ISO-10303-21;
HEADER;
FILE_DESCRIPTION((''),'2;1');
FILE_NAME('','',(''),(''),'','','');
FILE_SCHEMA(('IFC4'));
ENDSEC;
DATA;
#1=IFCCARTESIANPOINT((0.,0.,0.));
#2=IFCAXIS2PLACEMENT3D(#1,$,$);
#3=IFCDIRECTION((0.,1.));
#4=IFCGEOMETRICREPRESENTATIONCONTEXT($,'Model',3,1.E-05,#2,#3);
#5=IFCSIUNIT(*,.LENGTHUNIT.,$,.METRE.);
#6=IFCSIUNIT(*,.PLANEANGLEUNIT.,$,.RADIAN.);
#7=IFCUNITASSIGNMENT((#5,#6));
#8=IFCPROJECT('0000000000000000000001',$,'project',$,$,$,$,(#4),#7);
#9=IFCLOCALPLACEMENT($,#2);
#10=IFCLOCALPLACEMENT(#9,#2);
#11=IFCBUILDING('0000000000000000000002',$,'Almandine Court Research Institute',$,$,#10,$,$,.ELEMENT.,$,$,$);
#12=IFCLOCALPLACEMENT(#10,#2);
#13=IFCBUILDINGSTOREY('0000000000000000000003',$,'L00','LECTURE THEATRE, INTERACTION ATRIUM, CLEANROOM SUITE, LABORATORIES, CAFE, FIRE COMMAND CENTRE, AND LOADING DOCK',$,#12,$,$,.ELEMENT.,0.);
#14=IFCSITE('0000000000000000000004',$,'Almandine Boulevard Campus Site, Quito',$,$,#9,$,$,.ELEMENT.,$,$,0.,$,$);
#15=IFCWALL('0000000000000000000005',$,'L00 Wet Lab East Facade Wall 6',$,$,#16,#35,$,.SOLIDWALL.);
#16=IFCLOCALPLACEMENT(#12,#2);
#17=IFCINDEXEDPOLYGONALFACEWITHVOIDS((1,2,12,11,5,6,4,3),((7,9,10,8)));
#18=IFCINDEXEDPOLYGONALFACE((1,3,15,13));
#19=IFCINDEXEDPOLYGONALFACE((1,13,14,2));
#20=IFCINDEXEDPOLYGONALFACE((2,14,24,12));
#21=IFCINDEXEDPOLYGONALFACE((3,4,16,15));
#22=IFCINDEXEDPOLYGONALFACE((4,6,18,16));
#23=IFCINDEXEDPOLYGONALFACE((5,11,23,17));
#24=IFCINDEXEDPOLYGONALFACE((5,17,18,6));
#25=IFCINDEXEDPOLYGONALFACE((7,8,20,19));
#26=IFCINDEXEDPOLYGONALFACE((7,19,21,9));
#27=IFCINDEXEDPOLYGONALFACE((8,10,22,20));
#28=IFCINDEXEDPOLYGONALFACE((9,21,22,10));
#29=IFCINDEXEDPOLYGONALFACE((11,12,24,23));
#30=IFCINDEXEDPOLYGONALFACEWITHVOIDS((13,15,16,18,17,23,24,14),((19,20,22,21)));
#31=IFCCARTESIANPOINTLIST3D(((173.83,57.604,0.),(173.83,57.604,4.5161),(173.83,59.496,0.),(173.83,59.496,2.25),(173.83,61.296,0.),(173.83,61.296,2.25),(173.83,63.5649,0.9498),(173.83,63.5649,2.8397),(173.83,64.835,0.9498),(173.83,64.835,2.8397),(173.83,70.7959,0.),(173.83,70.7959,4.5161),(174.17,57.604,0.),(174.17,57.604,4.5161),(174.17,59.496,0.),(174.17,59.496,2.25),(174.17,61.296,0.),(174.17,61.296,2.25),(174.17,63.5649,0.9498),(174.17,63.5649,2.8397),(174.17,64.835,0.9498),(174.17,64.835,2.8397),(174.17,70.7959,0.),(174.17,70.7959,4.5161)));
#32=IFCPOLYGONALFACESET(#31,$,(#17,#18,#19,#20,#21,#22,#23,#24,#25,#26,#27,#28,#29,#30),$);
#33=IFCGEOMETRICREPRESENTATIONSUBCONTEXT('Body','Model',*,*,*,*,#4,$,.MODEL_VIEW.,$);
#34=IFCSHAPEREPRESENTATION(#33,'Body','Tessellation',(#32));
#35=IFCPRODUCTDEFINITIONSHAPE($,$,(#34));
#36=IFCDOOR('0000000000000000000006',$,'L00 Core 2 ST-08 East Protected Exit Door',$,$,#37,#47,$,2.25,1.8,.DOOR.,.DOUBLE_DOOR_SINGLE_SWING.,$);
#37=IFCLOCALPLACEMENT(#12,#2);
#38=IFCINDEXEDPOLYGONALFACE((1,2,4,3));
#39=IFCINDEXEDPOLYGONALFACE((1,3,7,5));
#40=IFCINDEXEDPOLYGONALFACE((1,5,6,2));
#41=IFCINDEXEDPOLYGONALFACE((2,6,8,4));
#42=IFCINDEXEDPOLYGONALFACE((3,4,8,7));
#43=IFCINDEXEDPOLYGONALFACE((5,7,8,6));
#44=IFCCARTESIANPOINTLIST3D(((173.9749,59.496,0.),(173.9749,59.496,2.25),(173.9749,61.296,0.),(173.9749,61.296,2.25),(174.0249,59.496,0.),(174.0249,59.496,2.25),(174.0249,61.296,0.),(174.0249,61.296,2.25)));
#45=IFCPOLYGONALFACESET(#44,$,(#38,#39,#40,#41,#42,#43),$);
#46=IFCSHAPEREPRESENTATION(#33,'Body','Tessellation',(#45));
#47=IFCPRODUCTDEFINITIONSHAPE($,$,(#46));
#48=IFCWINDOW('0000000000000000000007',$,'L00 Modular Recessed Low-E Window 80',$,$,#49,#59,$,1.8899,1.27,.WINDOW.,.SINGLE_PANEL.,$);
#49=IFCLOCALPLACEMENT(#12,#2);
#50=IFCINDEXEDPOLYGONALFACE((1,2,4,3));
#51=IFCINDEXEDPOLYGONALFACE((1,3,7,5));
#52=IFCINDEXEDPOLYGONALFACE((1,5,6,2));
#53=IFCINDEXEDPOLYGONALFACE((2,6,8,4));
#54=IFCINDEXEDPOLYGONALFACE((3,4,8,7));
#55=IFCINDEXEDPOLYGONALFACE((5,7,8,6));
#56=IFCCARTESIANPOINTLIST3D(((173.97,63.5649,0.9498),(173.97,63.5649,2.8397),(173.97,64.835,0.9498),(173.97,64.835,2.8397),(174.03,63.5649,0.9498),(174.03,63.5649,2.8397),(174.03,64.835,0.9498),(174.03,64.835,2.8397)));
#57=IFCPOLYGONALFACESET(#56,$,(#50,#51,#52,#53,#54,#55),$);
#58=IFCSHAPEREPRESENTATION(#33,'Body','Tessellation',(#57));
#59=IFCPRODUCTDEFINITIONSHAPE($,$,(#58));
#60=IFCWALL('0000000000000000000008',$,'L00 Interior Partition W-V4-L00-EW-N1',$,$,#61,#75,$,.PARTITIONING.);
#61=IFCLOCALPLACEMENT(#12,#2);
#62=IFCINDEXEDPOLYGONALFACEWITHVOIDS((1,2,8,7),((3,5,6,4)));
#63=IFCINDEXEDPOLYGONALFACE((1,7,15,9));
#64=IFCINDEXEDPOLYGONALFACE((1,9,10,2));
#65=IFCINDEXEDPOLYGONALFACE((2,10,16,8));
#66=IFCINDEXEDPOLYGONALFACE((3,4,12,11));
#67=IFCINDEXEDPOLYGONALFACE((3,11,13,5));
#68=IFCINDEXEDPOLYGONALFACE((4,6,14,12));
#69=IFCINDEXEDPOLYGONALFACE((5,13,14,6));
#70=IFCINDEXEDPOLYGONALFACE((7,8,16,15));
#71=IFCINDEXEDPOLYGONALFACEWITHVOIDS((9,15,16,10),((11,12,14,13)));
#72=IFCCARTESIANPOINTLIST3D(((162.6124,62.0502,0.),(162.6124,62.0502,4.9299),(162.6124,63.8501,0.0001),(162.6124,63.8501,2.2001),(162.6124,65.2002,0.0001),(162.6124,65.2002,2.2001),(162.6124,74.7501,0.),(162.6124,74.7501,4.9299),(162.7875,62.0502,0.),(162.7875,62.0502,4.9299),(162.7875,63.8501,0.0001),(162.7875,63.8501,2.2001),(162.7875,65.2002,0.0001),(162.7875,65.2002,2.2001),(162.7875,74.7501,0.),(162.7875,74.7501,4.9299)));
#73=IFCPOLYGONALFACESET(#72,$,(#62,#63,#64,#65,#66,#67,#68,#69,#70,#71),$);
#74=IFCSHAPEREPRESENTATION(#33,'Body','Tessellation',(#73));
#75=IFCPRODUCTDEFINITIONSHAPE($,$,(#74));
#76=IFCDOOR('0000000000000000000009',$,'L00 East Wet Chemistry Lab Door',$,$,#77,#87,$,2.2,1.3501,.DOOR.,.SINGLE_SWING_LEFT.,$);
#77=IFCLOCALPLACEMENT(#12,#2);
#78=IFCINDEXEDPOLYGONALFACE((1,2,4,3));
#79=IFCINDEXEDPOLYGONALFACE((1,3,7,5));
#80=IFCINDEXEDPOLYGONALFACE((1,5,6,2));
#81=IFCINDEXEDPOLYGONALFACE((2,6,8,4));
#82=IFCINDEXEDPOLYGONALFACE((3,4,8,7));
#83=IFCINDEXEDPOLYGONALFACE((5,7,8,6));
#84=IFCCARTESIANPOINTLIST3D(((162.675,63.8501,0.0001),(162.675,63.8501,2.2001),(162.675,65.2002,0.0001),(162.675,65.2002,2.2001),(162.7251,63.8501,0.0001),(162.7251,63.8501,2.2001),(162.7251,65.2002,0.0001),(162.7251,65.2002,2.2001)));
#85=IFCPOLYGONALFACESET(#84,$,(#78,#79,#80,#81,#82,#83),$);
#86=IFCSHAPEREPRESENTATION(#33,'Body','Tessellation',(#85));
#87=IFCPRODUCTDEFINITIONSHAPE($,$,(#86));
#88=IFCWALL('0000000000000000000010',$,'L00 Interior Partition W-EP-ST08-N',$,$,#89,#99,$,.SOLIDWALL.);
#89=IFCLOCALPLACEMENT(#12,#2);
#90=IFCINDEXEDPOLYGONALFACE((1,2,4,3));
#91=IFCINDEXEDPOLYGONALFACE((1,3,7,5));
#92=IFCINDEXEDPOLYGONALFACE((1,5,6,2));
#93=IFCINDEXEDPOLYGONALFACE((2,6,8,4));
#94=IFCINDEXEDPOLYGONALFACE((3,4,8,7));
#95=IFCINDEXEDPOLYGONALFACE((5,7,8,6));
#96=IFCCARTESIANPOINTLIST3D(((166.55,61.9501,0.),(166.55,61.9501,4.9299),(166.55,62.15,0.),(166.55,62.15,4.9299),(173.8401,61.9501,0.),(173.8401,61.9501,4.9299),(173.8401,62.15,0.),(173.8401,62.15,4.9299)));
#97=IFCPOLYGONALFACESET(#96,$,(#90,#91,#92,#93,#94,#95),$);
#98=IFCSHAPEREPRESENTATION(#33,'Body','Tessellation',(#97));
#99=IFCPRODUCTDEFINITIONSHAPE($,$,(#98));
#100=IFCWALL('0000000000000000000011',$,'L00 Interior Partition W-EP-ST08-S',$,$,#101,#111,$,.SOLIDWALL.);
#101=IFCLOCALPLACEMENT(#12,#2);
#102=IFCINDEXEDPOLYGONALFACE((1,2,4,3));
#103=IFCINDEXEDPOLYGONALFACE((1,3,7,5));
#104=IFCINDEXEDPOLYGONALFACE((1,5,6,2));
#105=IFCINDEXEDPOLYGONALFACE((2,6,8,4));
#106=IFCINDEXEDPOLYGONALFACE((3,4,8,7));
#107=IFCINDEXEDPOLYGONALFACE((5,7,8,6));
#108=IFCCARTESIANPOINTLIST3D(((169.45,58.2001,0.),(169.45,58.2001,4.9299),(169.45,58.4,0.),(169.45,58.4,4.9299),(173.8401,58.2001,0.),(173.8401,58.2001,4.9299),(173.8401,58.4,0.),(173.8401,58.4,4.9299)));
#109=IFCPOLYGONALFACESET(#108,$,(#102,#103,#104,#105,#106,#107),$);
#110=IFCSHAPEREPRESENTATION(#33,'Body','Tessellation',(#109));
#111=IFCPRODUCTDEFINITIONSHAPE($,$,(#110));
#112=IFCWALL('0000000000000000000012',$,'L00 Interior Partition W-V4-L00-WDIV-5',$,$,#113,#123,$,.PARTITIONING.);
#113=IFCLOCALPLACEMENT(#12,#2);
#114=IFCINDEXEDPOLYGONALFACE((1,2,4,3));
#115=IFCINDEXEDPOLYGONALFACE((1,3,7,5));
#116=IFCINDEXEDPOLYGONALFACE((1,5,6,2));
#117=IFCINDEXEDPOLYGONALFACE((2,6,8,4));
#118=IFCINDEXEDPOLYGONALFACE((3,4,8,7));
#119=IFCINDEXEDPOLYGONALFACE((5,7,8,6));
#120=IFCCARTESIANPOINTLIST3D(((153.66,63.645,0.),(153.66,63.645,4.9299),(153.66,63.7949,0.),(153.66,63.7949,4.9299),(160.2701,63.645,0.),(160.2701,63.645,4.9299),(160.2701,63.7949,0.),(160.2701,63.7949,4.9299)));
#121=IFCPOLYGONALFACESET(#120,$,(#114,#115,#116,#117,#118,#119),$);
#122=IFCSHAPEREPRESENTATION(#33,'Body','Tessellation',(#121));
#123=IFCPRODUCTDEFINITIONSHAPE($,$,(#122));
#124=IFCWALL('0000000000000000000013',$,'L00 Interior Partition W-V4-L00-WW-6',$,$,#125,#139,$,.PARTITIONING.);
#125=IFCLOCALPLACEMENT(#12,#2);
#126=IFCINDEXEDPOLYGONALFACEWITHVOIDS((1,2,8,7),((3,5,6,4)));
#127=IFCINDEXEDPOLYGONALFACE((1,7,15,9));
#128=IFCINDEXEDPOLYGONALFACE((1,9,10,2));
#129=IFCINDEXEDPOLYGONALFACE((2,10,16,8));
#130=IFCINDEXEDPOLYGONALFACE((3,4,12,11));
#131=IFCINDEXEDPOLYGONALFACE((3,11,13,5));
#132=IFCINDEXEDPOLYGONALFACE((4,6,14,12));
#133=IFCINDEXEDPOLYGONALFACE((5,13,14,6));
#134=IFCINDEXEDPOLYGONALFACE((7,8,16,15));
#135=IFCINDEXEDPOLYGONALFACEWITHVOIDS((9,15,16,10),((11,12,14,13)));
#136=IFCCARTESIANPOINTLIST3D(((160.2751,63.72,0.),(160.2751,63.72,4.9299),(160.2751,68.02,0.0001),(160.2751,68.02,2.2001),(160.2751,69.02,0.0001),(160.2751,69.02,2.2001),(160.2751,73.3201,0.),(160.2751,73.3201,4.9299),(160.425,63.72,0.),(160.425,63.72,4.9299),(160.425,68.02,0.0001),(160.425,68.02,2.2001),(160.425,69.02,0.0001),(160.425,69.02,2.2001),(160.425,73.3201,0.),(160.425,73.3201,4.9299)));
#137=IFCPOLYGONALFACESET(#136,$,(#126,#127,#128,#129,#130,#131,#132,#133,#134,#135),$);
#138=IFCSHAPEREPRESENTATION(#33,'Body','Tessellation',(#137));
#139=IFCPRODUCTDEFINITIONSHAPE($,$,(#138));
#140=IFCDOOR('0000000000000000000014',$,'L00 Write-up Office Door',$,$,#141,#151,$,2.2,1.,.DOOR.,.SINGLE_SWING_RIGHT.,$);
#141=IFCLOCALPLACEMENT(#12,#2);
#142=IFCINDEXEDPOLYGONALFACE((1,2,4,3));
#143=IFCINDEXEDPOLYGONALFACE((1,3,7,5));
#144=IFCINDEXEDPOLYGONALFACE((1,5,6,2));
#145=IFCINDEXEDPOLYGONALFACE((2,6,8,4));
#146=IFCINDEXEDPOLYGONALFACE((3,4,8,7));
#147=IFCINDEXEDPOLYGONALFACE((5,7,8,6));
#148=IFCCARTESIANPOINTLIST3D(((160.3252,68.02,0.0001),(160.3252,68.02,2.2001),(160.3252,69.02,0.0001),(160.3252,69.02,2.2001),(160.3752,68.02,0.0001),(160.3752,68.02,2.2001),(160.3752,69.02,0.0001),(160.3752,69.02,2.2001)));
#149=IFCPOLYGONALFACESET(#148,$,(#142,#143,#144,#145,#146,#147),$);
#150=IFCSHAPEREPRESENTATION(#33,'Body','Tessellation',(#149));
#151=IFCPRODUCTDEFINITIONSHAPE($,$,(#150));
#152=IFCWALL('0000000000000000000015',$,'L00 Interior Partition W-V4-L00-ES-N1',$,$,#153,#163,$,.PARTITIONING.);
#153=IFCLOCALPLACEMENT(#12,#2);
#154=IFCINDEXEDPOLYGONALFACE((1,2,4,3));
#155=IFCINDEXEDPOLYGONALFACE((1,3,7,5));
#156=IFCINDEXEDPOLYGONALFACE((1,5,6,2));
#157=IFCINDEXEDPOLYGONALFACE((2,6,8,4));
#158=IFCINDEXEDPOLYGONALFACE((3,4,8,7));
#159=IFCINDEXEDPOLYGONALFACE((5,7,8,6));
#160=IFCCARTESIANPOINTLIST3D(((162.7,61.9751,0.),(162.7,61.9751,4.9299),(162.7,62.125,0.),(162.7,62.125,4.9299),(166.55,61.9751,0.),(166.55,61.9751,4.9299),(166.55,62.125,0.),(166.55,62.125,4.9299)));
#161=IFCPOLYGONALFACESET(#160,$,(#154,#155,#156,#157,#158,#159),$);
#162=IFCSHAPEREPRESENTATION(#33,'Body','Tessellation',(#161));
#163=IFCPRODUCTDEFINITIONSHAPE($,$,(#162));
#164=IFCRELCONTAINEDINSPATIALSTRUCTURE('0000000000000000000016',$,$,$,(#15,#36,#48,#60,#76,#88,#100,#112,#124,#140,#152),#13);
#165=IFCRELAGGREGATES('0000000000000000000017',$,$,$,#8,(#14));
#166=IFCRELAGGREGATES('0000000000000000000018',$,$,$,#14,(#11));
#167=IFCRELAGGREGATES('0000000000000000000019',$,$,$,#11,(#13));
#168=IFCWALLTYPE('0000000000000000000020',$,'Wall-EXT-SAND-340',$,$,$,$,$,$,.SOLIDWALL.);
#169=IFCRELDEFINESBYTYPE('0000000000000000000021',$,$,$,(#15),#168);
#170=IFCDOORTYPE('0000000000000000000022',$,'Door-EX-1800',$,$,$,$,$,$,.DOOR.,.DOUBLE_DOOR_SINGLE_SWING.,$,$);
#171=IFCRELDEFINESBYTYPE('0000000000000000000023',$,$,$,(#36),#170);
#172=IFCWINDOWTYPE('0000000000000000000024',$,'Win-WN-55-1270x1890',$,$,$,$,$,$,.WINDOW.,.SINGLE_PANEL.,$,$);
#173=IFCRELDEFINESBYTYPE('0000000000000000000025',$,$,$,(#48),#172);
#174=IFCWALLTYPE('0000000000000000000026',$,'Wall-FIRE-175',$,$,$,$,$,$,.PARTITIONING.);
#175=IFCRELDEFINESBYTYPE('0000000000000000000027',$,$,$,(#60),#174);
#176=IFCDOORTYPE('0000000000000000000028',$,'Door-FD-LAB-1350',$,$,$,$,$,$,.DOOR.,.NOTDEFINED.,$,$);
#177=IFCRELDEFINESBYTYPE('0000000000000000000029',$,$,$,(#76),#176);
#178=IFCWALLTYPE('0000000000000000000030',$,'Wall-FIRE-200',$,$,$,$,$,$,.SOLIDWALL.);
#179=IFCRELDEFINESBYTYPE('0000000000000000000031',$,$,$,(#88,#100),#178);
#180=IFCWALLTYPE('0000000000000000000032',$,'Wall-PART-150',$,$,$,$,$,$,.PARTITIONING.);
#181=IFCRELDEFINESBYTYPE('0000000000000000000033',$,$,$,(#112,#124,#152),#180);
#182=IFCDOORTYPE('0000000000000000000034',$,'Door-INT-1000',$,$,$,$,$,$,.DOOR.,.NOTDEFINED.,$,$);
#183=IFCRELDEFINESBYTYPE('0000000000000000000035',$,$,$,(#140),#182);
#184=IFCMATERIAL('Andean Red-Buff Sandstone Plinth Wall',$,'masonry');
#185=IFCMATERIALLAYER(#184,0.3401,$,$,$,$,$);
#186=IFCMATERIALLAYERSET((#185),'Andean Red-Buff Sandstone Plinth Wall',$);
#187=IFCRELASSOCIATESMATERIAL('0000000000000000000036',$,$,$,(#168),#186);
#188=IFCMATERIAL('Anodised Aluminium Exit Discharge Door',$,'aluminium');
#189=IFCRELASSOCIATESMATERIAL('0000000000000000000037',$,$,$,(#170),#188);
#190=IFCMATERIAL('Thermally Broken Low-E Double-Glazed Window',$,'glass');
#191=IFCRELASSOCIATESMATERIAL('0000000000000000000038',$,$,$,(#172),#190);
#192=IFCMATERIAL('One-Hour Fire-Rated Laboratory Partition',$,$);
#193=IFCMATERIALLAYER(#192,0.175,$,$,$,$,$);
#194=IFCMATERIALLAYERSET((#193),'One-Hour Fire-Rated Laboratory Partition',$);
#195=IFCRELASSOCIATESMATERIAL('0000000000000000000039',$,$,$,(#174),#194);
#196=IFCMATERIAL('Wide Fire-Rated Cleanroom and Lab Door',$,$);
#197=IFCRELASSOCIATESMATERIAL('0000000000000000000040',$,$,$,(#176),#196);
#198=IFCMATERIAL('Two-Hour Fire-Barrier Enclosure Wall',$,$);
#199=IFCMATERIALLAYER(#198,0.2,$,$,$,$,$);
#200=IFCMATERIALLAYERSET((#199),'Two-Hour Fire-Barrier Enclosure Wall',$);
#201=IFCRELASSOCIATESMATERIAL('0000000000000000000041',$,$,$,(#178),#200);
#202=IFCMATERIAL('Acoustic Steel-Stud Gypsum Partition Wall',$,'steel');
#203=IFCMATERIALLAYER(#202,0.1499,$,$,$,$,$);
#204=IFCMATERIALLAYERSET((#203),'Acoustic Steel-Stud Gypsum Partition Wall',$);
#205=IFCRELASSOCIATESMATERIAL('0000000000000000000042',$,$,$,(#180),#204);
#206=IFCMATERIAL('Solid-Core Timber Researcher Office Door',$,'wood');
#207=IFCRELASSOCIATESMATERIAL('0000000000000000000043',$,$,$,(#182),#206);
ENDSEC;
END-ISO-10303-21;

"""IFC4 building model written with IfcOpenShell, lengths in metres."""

from ifc_helpers import new_model, si_unit, direction, frame, frame_2d, origin, place, context, subcontext, project, spatial, rectangle, extrude, material, layer, layer_set, type_object, element, fill, save


model = new_model("IFC4")

# Units and contexts
model_context = context("Model", 3, precision=1e-05, world=origin(), true_north=direction((0.0, 1.0)))
body_context = subcontext(model_context, "Body", "Model", "MODEL_VIEW")
ifc_project = project(units=[si_unit("LENGTHUNIT", "METRE"), si_unit("PLANEANGLEUNIT", "RADIAN")], contexts=[model_context])

# Site, building, storey
site_placement = place(None, origin())
site = spatial("IfcSite", under=ifc_project, at=site_placement, Name="Almandine Boulevard Campus Site, Quito", CompositionType="ELEMENT", RefElevation=0.0)
building_placement = place(site_placement, origin())
building = spatial("IfcBuilding", under=site, at=building_placement, Name="Almandine Court Research Institute", CompositionType="ELEMENT")
storey_placement = place(building_placement, origin())
storey = spatial("IfcBuildingStorey", under=building, at=storey_placement, Name="L00", Description="LECTURE THEATRE, INTERACTION ATRIUM, CLEANROOM SUITE, LABORATORIES, CAFE, FIRE COMMAND CENTRE, AND LOADING DOCK", CompositionType="ELEMENT", Elevation=0.0)

# Wall, openings, door, window
ifc_material_1 = material(Name="Andean Red-Buff Sandstone Plinth Wall", Category="masonry")
ifc_layer_1 = layer(ifc_material_1, 0.3401)
ifc_layer_set_1 = layer_set([ifc_layer_1], Name="Andean Red-Buff Sandstone Plinth Wall")
wall_type_1 = type_object("IfcWallType", Name="Wall-EXT-SAND-340", PredefinedType="SOLIDWALL", material=ifc_layer_set_1)
wall_1_placement = place(storey_placement, frame((174.0, 70.7959, 0.0), z_axis=(0.0, 0.0, 1.0), x_axis=(0.0, -1.0, 0.0)))
wall_1 = element("IfcWall", 1, at=wall_1_placement, inside=storey, type_object=wall_type_1, Name="L00 Wet Lab East Facade Wall 6", PredefinedType="SOLIDWALL", context=body_context, shape_type="SweptSolid", body=[
    extrude(rectangle(XDim=13.1919, YDim=0.3401, at=frame_2d((6.5959, 0.0))), origin(), (0.0, 0.0, 1.0), 4.5161),
])
opening_1_placement = place(wall_1_placement, frame((9.5, 0.0, 0.0)))
opening_1 = element("IfcOpeningElement", 2, at=opening_1_placement, cuts=wall_1, PredefinedType="OPENING", context=body_context, shape_type="SweptSolid", body=[
    extrude(rectangle(XDim=1.8, YDim=2.25, at=frame_2d((0.8999, 1.125))), frame((0.0, 0.1799, 0.0), z_axis=(0.0, -1.0, 0.0), x_axis=(1.0, 0.0, 0.0)), (0.0, 0.0, 1.0), 0.3601),
])
opening_2_placement = place(wall_1_placement, frame((5.9609, 0.0, 0.95)))
opening_2 = element("IfcOpeningElement", 3, at=opening_2_placement, cuts=wall_1, PredefinedType="OPENING", context=body_context, shape_type="SweptSolid", body=[
    extrude(rectangle(XDim=1.27, YDim=1.8899, at=frame_2d((0.635, 0.9448))), frame((0.0, 0.1799, 0.0), z_axis=(0.0, -1.0, 0.0), x_axis=(1.0, 0.0, 0.0)), (0.0, 0.0, 1.0), 0.3601),
])
ifc_material_2 = material(Name="Anodised Aluminium Exit Discharge Door", Category="aluminium")
door_type_1 = type_object("IfcDoorType", Name="Door-EX-1800", OperationType="DOUBLE_DOOR_SINGLE_SWING", PredefinedType="DOOR", material=ifc_material_2)
door_1_placement = place(opening_1_placement, origin())
door_1 = element("IfcDoor", 4, at=door_1_placement, inside=storey, type_object=door_type_1, Name="L00 Core 2 ST-08 East Protected Exit Door", OperationType="DOUBLE_DOOR_SINGLE_SWING", OverallHeight=2.25, OverallWidth=1.8, PredefinedType="DOOR", context=body_context, shape_type="SweptSolid", body=[
    extrude(rectangle(XDim=1.8, YDim=2.25, at=frame_2d((0.8999, 1.125))), frame((0.0, 0.0249, 0.0), z_axis=(0.0, -1.0, 0.0), x_axis=(1.0, 0.0, 0.0)), (0.0, 0.0, 1.0), 0.05),
])
fill(opening_1, door_1)
ifc_material_3 = material(Name="Thermally Broken Low-E Double-Glazed Window", Category="glass")
window_type = type_object("IfcWindowType", Name="Win-WN-55-1270x1890", PartitioningType="SINGLE_PANEL", PredefinedType="WINDOW", material=ifc_material_3)
window_placement = place(opening_2_placement, origin())
window = element("IfcWindow", 5, at=window_placement, inside=storey, type_object=window_type, Name="L00 Modular Recessed Low-E Window 80", OverallHeight=1.8899, OverallWidth=1.27, PartitioningType="SINGLE_PANEL", PredefinedType="WINDOW", context=body_context, shape_type="SweptSolid", body=[
    extrude(rectangle(XDim=1.27, YDim=1.8899, at=frame_2d((0.635, 0.9448))), frame((0.0, 0.03, 0.0), z_axis=(0.0, -1.0, 0.0), x_axis=(1.0, 0.0, 0.0)), (0.0, 0.0, 1.0), 0.0601),
])
fill(opening_2, window)

# Wall, opening, door
ifc_material_4 = material(Name="One-Hour Fire-Rated Laboratory Partition")
ifc_layer_2 = layer(ifc_material_4, 0.175)
ifc_layer_set_2 = layer_set([ifc_layer_2], Name="One-Hour Fire-Rated Laboratory Partition")
wall_type_2 = type_object("IfcWallType", Name="Wall-FIRE-175", PredefinedType="PARTITIONING", material=ifc_layer_set_2)
wall_2_placement = place(storey_placement, frame((162.7, 62.05, 0.0), z_axis=(0.0, 0.0, 1.0), x_axis=(0.0, 1.0, 0.0)))
wall_2 = element("IfcWall", 6, at=wall_2_placement, inside=storey, type_object=wall_type_2, Name="L00 Interior Partition W-V4-L00-EW-N1", PredefinedType="PARTITIONING", context=body_context, shape_type="SweptSolid", body=[
    extrude(rectangle(XDim=12.7, YDim=0.175, at=frame_2d((6.3501, 0.0))), origin(), (0.0, 0.0, 1.0), 4.9299),
])
opening_3_placement = place(wall_2_placement, frame((1.8, 0.0, 0.0)))
opening_3 = element("IfcOpeningElement", 7, at=opening_3_placement, cuts=wall_2, PredefinedType="OPENING", context=body_context, shape_type="SweptSolid", body=[
    extrude(rectangle(XDim=1.3501, YDim=2.2, at=frame_2d((0.675, 1.1001))), frame((0.0, 0.0974, 0.0), z_axis=(0.0, -1.0, 0.0), x_axis=(1.0, 0.0, 0.0)), (0.0, 0.0, 1.0), 0.1951),
])
ifc_material_5 = material(Name="Wide Fire-Rated Cleanroom and Lab Door")
door_type_2 = type_object("IfcDoorType", Name="Door-FD-LAB-1350", OperationType="NOTDEFINED", PredefinedType="DOOR", material=ifc_material_5)
door_2_placement = place(opening_3_placement, origin())
door_2 = element("IfcDoor", 8, at=door_2_placement, inside=storey, type_object=door_type_2, Name="L00 East Wet Chemistry Lab Door", OperationType="SINGLE_SWING_LEFT", OverallHeight=2.2, OverallWidth=1.3501, PredefinedType="DOOR", context=body_context, shape_type="SweptSolid", body=[
    extrude(rectangle(XDim=1.3501, YDim=2.2, at=frame_2d((0.675, 1.1001))), frame((0.0, 0.0249, 0.0), z_axis=(0.0, -1.0, 0.0), x_axis=(1.0, 0.0, 0.0)), (0.0, 0.0, 1.0), 0.05),
])
fill(opening_3, door_2)

# Walls
ifc_material_6 = material(Name="Two-Hour Fire-Barrier Enclosure Wall")
ifc_layer_3 = layer(ifc_material_6, 0.2)
ifc_layer_set_3 = layer_set([ifc_layer_3], Name="Two-Hour Fire-Barrier Enclosure Wall")
wall_type_3 = type_object("IfcWallType", Name="Wall-FIRE-200", PredefinedType="SOLIDWALL", material=ifc_layer_set_3)
wall_3_placement = place(storey_placement, frame((166.55, 62.05, 0.0), z_axis=(0.0, 0.0, 1.0), x_axis=(1.0, 0.0, 0.0)))
element("IfcWall", 9, at=wall_3_placement, inside=storey, type_object=wall_type_3, Name="L00 Interior Partition W-EP-ST08-N", PredefinedType="SOLIDWALL", context=body_context, shape_type="SweptSolid", body=[
    extrude(rectangle(XDim=7.29, YDim=0.2, at=frame_2d((3.645, 0.0))), origin(), (0.0, 0.0, 1.0), 4.9299),
])
wall_4_placement = place(storey_placement, frame((169.45, 58.3, 0.0), z_axis=(0.0, 0.0, 1.0), x_axis=(1.0, 0.0, 0.0)))
element("IfcWall", 10, at=wall_4_placement, inside=storey, type_object=wall_type_3, Name="L00 Interior Partition W-EP-ST08-S", PredefinedType="SOLIDWALL", context=body_context, shape_type="SweptSolid", body=[
    extrude(rectangle(XDim=4.3901, YDim=0.2, at=frame_2d((2.1951, 0.0))), origin(), (0.0, 0.0, 1.0), 4.9299),
])
ifc_material_7 = material(Name="Acoustic Steel-Stud Gypsum Partition Wall", Category="steel")
ifc_layer_4 = layer(ifc_material_7, 0.1499)
ifc_layer_set_4 = layer_set([ifc_layer_4], Name="Acoustic Steel-Stud Gypsum Partition Wall")
wall_type_4 = type_object("IfcWallType", Name="Wall-PART-150", PredefinedType="PARTITIONING", material=ifc_layer_set_4)
wall_5_placement = place(storey_placement, frame((153.6599, 63.72, 0.0), z_axis=(0.0, 0.0, 1.0), x_axis=(1.0, 0.0, 0.0)))
element("IfcWall", 11, at=wall_5_placement, inside=storey, type_object=wall_type_4, Name="L00 Interior Partition W-V4-L00-WDIV-5", PredefinedType="PARTITIONING", context=body_context, shape_type="SweptSolid", body=[
    extrude(rectangle(XDim=6.6101, YDim=0.1499, at=frame_2d((3.3052, 0.0))), origin(), (0.0, 0.0, 1.0), 4.9299),
])

# Wall, opening, door
wall_6_placement = place(storey_placement, frame((160.3501, 63.72, 0.0), z_axis=(0.0, 0.0, 1.0), x_axis=(0.0, 1.0, 0.0)))
wall_6 = element("IfcWall", 12, at=wall_6_placement, inside=storey, type_object=wall_type_4, Name="L00 Interior Partition W-V4-L00-WW-6", PredefinedType="PARTITIONING", context=body_context, shape_type="SweptSolid", body=[
    extrude(rectangle(XDim=9.6001, YDim=0.1499, at=frame_2d((4.8, 0.0))), origin(), (0.0, 0.0, 1.0), 4.9299),
])
opening_4_placement = place(wall_6_placement, frame((4.3, 0.0, 0.0)))
opening_4 = element("IfcOpeningElement", 13, at=opening_4_placement, cuts=wall_6, PredefinedType="OPENING", context=body_context, shape_type="SweptSolid", body=[
    extrude(rectangle(XDim=1.0, YDim=2.2, at=frame_2d((0.5, 1.1001))), frame((0.0, 0.085, 0.0), z_axis=(0.0, -1.0, 0.0), x_axis=(1.0, 0.0, 0.0)), (0.0, 0.0, 1.0), 0.1699),
])
ifc_material_8 = material(Name="Solid-Core Timber Researcher Office Door", Category="wood")
door_type_3 = type_object("IfcDoorType", Name="Door-INT-1000", OperationType="NOTDEFINED", PredefinedType="DOOR", material=ifc_material_8)
door_3_placement = place(opening_4_placement, origin())
door_3 = element("IfcDoor", 14, at=door_3_placement, inside=storey, type_object=door_type_3, Name="L00 Write-up Office Door", OperationType="SINGLE_SWING_RIGHT", OverallHeight=2.2, OverallWidth=1.0, PredefinedType="DOOR", context=body_context, shape_type="SweptSolid", body=[
    extrude(rectangle(XDim=1.0, YDim=2.2, at=frame_2d((0.5, 1.1001))), frame((0.0, 0.0249, 0.0), z_axis=(0.0, -1.0, 0.0), x_axis=(1.0, 0.0, 0.0)), (0.0, 0.0, 1.0), 0.05),
])
fill(opening_4, door_3)

# Wall
wall_7_placement = place(storey_placement, frame((162.7, 62.05, 0.0), z_axis=(0.0, 0.0, 1.0), x_axis=(1.0, 0.0, 0.0)))
element("IfcWall", 15, at=wall_7_placement, inside=storey, type_object=wall_type_4, Name="L00 Interior Partition W-V4-L00-ES-N1", PredefinedType="PARTITIONING", context=body_context, shape_type="SweptSolid", body=[
    extrude(rectangle(XDim=3.8501, YDim=0.1499, at=frame_2d((1.925, 0.0))), origin(), (0.0, 0.0, 1.0), 4.9299),
])

save(model, "model.ifc")
